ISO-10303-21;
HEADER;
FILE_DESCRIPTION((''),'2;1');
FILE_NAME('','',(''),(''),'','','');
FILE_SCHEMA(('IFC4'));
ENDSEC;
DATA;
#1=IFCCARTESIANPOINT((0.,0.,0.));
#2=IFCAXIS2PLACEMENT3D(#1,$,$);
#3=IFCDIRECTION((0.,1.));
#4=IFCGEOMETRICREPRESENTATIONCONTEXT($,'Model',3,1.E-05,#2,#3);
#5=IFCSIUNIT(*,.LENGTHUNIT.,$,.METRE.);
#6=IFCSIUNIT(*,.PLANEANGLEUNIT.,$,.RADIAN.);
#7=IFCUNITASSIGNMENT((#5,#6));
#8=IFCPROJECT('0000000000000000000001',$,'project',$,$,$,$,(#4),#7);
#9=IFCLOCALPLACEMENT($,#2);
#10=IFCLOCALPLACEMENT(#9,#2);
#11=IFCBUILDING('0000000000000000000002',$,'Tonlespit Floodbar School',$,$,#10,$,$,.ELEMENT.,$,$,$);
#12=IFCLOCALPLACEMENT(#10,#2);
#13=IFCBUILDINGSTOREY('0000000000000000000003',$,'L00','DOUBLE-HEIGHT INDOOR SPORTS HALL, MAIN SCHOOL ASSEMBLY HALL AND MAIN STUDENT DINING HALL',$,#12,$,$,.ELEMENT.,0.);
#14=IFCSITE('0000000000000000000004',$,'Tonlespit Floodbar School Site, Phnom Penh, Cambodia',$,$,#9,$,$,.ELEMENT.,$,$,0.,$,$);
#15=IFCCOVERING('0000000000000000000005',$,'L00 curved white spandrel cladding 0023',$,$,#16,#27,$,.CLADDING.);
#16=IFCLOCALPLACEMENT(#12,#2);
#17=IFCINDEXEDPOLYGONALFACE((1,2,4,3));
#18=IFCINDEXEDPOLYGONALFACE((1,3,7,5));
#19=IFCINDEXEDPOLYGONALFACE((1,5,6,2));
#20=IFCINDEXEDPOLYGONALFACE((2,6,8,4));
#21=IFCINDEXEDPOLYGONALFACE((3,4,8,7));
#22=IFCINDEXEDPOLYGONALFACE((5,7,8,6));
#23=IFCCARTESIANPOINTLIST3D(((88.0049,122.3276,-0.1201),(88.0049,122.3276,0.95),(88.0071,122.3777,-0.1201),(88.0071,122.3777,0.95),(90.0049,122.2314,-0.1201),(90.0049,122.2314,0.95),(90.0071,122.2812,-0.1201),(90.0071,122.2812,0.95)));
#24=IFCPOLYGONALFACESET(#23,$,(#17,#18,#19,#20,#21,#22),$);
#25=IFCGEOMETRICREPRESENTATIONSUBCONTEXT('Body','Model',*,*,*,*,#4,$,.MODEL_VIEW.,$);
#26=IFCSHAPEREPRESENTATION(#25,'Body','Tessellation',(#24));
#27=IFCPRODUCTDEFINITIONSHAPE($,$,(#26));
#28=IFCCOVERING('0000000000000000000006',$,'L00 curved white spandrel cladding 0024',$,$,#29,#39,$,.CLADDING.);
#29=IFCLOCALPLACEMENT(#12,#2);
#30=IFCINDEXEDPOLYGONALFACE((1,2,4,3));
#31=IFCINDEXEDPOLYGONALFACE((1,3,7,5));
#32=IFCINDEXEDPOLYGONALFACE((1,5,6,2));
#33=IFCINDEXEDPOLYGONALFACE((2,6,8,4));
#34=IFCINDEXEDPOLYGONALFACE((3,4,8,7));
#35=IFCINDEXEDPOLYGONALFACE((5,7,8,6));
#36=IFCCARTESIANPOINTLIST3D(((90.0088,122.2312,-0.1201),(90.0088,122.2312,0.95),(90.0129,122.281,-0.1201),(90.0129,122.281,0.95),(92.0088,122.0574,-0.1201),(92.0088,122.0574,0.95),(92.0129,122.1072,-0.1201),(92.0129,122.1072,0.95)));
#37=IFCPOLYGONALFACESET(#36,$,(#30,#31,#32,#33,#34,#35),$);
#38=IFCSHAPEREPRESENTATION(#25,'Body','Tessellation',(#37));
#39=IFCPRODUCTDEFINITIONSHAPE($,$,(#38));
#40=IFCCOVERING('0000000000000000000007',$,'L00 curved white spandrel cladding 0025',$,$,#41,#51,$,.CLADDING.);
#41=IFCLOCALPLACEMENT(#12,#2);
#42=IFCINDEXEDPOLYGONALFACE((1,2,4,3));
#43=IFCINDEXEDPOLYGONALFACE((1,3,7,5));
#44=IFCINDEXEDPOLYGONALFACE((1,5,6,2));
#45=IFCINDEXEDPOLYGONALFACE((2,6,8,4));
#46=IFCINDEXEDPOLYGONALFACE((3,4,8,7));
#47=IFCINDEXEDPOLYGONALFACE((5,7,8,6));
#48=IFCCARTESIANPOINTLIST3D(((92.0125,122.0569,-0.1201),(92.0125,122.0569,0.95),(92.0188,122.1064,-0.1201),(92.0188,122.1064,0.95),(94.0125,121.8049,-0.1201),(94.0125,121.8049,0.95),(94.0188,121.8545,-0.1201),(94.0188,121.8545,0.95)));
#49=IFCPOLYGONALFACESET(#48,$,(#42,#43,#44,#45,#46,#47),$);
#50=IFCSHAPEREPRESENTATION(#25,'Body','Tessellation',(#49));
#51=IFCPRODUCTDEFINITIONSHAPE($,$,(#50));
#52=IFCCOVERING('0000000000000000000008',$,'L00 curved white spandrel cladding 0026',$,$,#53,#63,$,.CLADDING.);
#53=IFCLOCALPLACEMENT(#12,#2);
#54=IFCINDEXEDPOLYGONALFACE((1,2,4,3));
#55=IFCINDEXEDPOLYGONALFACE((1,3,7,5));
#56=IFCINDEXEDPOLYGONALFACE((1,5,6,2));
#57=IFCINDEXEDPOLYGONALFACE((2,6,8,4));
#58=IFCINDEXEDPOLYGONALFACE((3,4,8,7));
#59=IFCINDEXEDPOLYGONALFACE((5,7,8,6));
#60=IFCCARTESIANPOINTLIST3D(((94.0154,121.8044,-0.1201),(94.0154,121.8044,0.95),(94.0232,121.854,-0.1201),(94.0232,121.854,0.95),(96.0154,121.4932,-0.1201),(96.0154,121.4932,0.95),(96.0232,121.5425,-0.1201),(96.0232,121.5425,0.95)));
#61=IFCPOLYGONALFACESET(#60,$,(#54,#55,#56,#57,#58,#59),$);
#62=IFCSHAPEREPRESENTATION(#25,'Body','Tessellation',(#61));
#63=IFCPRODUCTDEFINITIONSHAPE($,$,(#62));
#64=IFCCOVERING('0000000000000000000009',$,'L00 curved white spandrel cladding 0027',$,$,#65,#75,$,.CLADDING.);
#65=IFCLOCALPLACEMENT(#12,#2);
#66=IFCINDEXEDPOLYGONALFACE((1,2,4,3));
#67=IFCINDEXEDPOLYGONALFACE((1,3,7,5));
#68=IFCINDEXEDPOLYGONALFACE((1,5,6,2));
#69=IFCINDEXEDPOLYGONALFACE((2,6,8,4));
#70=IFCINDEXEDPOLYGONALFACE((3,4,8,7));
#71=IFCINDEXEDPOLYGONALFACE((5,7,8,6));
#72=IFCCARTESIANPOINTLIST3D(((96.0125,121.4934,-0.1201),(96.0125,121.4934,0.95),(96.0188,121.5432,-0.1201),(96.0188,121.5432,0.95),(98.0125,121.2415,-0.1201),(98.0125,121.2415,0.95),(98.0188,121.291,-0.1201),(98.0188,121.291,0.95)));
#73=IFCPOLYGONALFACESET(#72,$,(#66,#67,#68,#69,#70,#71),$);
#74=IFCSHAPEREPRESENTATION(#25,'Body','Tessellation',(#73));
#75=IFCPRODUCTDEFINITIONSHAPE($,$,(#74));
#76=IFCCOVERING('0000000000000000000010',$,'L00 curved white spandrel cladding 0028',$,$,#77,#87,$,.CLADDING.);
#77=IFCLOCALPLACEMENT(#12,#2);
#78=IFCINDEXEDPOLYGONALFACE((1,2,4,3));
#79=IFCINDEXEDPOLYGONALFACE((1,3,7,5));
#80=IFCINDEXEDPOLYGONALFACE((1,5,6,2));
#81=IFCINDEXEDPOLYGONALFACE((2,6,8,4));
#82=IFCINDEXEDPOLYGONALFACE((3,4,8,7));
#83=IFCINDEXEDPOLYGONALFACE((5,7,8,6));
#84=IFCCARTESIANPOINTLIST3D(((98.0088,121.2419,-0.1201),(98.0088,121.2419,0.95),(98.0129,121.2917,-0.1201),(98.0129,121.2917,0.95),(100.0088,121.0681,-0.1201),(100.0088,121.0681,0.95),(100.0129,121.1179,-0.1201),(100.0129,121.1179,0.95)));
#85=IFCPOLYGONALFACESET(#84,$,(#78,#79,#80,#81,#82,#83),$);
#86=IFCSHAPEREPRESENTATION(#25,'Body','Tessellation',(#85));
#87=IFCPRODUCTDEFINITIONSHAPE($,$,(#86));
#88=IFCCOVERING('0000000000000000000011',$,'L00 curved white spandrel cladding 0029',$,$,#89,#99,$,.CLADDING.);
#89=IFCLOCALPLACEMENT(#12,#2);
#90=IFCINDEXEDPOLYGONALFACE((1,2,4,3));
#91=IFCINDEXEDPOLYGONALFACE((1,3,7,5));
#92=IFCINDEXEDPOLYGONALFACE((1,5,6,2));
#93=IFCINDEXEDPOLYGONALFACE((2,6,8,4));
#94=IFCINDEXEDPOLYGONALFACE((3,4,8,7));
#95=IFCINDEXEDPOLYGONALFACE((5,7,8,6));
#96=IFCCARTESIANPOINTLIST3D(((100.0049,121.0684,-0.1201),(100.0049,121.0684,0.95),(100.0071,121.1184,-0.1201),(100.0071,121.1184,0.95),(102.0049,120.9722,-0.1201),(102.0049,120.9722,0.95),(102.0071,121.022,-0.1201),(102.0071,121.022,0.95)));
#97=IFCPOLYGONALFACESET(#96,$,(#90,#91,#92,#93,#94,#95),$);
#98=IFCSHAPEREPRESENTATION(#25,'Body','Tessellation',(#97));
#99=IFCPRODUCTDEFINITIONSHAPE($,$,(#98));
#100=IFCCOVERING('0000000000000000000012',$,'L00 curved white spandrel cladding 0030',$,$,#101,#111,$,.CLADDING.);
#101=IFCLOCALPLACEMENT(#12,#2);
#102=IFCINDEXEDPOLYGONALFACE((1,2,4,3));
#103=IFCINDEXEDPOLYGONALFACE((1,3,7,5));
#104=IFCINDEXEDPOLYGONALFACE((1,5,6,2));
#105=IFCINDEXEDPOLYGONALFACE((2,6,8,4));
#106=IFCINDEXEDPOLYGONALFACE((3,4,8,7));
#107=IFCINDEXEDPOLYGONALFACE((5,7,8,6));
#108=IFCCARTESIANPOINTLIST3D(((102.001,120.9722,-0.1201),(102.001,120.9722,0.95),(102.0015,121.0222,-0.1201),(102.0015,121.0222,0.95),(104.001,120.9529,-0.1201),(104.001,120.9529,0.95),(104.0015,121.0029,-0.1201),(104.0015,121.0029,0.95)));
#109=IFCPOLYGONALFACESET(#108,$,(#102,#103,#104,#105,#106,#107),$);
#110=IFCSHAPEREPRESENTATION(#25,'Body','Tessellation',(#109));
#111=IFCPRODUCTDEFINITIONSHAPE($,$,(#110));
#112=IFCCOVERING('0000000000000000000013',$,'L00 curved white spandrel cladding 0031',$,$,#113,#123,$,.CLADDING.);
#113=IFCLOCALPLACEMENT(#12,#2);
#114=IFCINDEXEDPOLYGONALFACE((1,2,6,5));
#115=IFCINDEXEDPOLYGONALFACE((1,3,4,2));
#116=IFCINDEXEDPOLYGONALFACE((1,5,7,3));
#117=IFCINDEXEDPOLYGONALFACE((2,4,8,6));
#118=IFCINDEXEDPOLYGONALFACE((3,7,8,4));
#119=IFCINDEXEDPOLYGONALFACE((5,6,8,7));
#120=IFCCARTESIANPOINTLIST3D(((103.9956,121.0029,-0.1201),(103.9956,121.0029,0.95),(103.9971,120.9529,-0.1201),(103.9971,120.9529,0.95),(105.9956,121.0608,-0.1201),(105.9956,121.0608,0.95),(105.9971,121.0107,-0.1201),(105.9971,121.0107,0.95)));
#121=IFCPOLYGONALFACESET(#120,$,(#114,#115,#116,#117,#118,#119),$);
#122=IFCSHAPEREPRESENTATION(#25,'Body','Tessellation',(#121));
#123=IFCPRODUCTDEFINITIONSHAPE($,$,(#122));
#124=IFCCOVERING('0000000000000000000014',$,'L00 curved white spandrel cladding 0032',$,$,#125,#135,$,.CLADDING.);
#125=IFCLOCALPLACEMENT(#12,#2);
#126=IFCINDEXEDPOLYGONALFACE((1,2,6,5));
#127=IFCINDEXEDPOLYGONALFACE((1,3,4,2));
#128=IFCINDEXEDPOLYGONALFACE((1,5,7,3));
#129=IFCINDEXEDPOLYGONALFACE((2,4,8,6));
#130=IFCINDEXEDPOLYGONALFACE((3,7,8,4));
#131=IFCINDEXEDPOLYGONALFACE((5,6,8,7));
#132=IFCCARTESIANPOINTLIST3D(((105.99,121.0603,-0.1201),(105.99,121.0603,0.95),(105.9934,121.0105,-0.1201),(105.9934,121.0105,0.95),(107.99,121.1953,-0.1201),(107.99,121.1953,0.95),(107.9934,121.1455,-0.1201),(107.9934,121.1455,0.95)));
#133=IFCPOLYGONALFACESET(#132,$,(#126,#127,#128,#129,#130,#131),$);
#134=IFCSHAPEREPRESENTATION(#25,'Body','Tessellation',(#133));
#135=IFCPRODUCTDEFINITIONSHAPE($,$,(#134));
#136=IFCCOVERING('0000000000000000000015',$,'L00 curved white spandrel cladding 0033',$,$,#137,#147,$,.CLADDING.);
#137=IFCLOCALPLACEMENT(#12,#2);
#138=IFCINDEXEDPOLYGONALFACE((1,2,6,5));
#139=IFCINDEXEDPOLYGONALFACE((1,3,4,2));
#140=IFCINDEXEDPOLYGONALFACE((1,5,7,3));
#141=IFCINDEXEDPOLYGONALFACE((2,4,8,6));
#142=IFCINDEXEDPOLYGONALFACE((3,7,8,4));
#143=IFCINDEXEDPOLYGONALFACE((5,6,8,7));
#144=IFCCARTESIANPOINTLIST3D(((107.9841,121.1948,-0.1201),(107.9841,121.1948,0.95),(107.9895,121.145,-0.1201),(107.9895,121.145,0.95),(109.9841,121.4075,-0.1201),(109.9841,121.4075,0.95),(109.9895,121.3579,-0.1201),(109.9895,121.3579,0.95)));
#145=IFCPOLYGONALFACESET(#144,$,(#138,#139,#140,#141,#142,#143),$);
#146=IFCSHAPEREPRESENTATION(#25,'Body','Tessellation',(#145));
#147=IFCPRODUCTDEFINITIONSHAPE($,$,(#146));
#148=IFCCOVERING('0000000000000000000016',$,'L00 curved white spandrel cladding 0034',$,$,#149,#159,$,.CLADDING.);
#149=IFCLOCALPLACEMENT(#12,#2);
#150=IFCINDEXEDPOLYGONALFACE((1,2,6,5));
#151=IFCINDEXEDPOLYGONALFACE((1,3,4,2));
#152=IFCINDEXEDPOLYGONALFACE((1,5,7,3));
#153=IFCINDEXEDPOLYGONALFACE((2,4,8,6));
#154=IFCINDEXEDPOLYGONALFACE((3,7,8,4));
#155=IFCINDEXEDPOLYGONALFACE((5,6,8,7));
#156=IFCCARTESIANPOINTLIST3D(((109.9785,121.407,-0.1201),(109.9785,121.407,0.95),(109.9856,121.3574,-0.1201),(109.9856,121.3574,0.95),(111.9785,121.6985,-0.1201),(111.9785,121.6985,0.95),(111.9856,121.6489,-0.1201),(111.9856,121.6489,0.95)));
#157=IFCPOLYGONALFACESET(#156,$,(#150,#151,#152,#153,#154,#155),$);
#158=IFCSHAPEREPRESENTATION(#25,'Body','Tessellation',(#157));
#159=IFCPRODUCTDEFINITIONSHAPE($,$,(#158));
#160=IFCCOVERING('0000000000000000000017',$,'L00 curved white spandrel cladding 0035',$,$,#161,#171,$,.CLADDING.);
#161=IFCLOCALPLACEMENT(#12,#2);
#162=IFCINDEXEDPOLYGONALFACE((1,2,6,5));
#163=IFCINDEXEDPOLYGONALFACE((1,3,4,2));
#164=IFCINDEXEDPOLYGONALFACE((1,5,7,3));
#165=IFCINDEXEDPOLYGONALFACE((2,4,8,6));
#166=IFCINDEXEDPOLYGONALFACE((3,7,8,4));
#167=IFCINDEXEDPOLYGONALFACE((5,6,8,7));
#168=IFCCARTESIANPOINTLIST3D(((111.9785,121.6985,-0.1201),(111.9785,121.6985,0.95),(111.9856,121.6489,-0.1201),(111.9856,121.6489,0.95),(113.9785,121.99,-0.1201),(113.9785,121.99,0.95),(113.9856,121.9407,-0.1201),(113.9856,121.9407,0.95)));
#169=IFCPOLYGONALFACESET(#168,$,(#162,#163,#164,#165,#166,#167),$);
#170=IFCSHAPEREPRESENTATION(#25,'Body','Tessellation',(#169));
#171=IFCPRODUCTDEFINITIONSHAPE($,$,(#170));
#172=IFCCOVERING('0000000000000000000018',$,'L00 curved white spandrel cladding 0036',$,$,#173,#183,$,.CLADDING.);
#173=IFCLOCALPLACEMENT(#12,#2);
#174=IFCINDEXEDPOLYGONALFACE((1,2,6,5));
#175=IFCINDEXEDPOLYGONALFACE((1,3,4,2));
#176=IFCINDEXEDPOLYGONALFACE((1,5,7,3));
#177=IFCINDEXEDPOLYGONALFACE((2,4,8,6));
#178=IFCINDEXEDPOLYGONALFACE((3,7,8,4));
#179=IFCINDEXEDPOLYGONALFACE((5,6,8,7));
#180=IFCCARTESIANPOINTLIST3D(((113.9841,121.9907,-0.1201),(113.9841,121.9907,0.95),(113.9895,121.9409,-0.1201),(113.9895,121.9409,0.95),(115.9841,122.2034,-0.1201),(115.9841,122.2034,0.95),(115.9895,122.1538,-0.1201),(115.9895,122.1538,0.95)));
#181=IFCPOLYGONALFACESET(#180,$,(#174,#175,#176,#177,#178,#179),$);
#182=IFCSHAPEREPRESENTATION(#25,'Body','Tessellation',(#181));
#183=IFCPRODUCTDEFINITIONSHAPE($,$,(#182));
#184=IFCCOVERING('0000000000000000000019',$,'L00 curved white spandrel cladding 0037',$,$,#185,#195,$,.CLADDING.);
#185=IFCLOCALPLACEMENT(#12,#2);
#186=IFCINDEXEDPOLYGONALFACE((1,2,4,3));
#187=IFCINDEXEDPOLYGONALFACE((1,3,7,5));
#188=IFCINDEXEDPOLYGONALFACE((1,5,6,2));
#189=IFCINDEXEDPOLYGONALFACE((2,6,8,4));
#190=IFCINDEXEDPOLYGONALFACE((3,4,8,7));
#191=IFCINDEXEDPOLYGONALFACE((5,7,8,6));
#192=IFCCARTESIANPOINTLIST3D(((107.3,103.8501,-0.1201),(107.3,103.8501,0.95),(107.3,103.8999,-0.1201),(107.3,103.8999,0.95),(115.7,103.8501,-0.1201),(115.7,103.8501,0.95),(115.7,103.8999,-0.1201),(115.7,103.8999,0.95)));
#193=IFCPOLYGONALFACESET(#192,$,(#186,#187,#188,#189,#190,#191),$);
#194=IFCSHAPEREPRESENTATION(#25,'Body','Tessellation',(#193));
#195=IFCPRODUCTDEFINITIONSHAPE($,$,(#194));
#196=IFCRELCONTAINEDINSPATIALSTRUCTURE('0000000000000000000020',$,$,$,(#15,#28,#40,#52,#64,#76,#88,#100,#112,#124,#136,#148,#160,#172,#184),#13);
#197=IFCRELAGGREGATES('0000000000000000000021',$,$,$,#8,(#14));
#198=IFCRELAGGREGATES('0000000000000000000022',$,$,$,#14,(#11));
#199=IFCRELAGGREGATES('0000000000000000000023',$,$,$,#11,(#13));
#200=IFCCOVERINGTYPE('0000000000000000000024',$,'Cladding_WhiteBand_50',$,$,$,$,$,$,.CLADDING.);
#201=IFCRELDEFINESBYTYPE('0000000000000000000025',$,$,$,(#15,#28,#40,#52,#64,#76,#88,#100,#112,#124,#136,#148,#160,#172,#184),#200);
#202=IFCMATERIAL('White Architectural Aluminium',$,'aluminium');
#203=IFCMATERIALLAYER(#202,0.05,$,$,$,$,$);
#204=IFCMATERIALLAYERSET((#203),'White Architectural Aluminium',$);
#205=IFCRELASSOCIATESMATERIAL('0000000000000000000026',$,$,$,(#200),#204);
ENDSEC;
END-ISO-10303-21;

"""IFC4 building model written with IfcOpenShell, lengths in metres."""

from ifc_helpers import new_model, si_unit, direction, frame, origin, place, context, subcontext, project, spatial, polyline, outline, extrude, material, layer, layer_set, type_object, element, save


model = new_model("IFC4")

# Units and contexts
model_context = context("Model", 3, precision=1e-05, world=origin(), true_north=direction((0.0, 1.0)))
body_context = subcontext(model_context, "Body", "Model", "MODEL_VIEW")
ifc_project = project(units=[si_unit("LENGTHUNIT", "METRE"), si_unit("PLANEANGLEUNIT", "RADIAN")], contexts=[model_context])

# Site, building, storey
site_placement = place(None, origin())
site = spatial("IfcSite", under=ifc_project, at=site_placement, Name="Tonlespit Floodbar School Site, Phnom Penh, Cambodia", CompositionType="ELEMENT", RefElevation=0.0)
building_placement = place(site_placement, origin())
building = spatial("IfcBuilding", under=site, at=building_placement, Name="Tonlespit Floodbar School", CompositionType="ELEMENT")
storey_placement = place(building_placement, origin())
storey = spatial("IfcBuildingStorey", under=building, at=storey_placement, Name="L00", Description="DOUBLE-HEIGHT INDOOR SPORTS HALL, MAIN SCHOOL ASSEMBLY HALL AND MAIN STUDENT DINING HALL", CompositionType="ELEMENT", Elevation=0.0)

# Coverings
ifc_material = material(Name="White Architectural Aluminium", Category="aluminium")
ifc_layer = layer(ifc_material, 0.05)
ifc_layer_set = layer_set([ifc_layer], Name="White Architectural Aluminium")
covering_type = type_object("IfcCoveringType", Name="Cladding_WhiteBand_50", PredefinedType="CLADDING", material=ifc_layer_set)
covering_1_placement = place(storey_placement, frame((0.0, 0.0, -0.1201)))
element("IfcCovering", 1, at=covering_1_placement, inside=storey, type_object=covering_type, Name="L00 curved white spandrel cladding 0023", PredefinedType="CLADDING", context=body_context, shape_type="SweptSolid", body=[
    extrude(outline(polyline([(88.0049, 122.3276), (90.0049, 122.2314), (90.0071, 122.2812), (88.0071, 122.3777), (88.0049, 122.3276)])), origin(), (0.0, 0.0, 1.0), 1.0701),
])
covering_2_placement = place(storey_placement, frame((0.0, 0.0, -0.1201)))
element("IfcCovering", 2, at=covering_2_placement, inside=storey, type_object=covering_type, Name="L00 curved white spandrel cladding 0024", PredefinedType="CLADDING", context=body_context, shape_type="SweptSolid", body=[
    extrude(outline(polyline([(90.0088, 122.2312), (92.0088, 122.0574), (92.0129, 122.1072), (90.0129, 122.281), (90.0088, 122.2312)])), origin(), (0.0, 0.0, 1.0), 1.0701),
])
covering_3_placement = place(storey_placement, frame((0.0, 0.0, -0.1201)))
element("IfcCovering", 3, at=covering_3_placement, inside=storey, type_object=covering_type, Name="L00 curved white spandrel cladding 0025", PredefinedType="CLADDING", context=body_context, shape_type="SweptSolid", body=[
    extrude(outline(polyline([(92.0125, 122.0569), (94.0125, 121.8049), (94.0188, 121.8545), (92.0188, 122.1064), (92.0125, 122.0569)])), origin(), (0.0, 0.0, 1.0), 1.0701),
])
covering_4_placement = place(storey_placement, frame((0.0, 0.0, -0.1201)))
element("IfcCovering", 4, at=covering_4_placement, inside=storey, type_object=covering_type, Name="L00 curved white spandrel cladding 0026", PredefinedType="CLADDING", context=body_context, shape_type="SweptSolid", body=[
    extrude(outline(polyline([(94.0154, 121.8044), (96.0154, 121.4932), (96.0232, 121.5425), (94.0232, 121.854), (94.0154, 121.8044)])), origin(), (0.0, 0.0, 1.0), 1.0701),
])
covering_5_placement = place(storey_placement, frame((0.0, 0.0, -0.1201)))
element("IfcCovering", 5, at=covering_5_placement, inside=storey, type_object=covering_type, Name="L00 curved white spandrel cladding 0027", PredefinedType="CLADDING", context=body_context, shape_type="SweptSolid", body=[
    extrude(outline(polyline([(96.0125, 121.4934), (98.0125, 121.2415), (98.0188, 121.291), (96.0188, 121.5432), (96.0125, 121.4934)])), origin(), (0.0, 0.0, 1.0), 1.0701),
])
covering_6_placement = place(storey_placement, frame((0.0, 0.0, -0.1201)))
element("IfcCovering", 6, at=covering_6_placement, inside=storey, type_object=covering_type, Name="L00 curved white spandrel cladding 0028", PredefinedType="CLADDING", context=body_context, shape_type="SweptSolid", body=[
    extrude(outline(polyline([(98.0088, 121.2419), (100.0088, 121.0681), (100.0129, 121.1179), (98.0129, 121.2917), (98.0088, 121.2419)])), origin(), (0.0, 0.0, 1.0), 1.0701),
])
covering_7_placement = place(storey_placement, frame((0.0, 0.0, -0.1201)))
element("IfcCovering", 7, at=covering_7_placement, inside=storey, type_object=covering_type, Name="L00 curved white spandrel cladding 0029", PredefinedType="CLADDING", context=body_context, shape_type="SweptSolid", body=[
    extrude(outline(polyline([(100.0049, 121.0684), (102.0049, 120.9722), (102.0071, 121.022), (100.0071, 121.1184), (100.0049, 121.0684)])), origin(), (0.0, 0.0, 1.0), 1.0701),
])
covering_8_placement = place(storey_placement, frame((0.0, 0.0, -0.1201)))
element("IfcCovering", 8, at=covering_8_placement, inside=storey, type_object=covering_type, Name="L00 curved white spandrel cladding 0030", PredefinedType="CLADDING", context=body_context, shape_type="SweptSolid", body=[
    extrude(outline(polyline([(102.001, 120.9722), (104.001, 120.9529), (104.0015, 121.0029), (102.0015, 121.0222), (102.001, 120.9722)])), origin(), (0.0, 0.0, 1.0), 1.0701),
])
covering_9_placement = place(storey_placement, frame((0.0, 0.0, -0.1201)))
element("IfcCovering", 9, at=covering_9_placement, inside=storey, type_object=covering_type, Name="L00 curved white spandrel cladding 0031", PredefinedType="CLADDING", context=body_context, shape_type="SweptSolid", body=[
    extrude(outline(polyline([(103.9971, 120.9529), (105.9971, 121.0107), (105.9956, 121.0608), (103.9956, 121.0029), (103.9971, 120.9529)])), origin(), (0.0, 0.0, 1.0), 1.0701),
])
covering_10_placement = place(storey_placement, frame((0.0, 0.0, -0.1201)))
element("IfcCovering", 10, at=covering_10_placement, inside=storey, type_object=covering_type, Name="L00 curved white spandrel cladding 0032", PredefinedType="CLADDING", context=body_context, shape_type="SweptSolid", body=[
    extrude(outline(polyline([(105.9934, 121.0105), (107.9934, 121.1455), (107.99, 121.1953), (105.99, 121.0603), (105.9934, 121.0105)])), origin(), (0.0, 0.0, 1.0), 1.0701),
])
covering_11_placement = place(storey_placement, frame((0.0, 0.0, -0.1201)))
element("IfcCovering", 11, at=covering_11_placement, inside=storey, type_object=covering_type, Name="L00 curved white spandrel cladding 0033", PredefinedType="CLADDING", context=body_context, shape_type="SweptSolid", body=[
    extrude(outline(polyline([(107.9895, 121.145), (109.9895, 121.3579), (109.9841, 121.4075), (107.9841, 121.1948), (107.9895, 121.145)])), origin(), (0.0, 0.0, 1.0), 1.0701),
])
covering_12_placement = place(storey_placement, frame((0.0, 0.0, -0.1201)))
element("IfcCovering", 12, at=covering_12_placement, inside=storey, type_object=covering_type, Name="L00 curved white spandrel cladding 0034", PredefinedType="CLADDING", context=body_context, shape_type="SweptSolid", body=[
    extrude(outline(polyline([(109.9856, 121.3574), (111.9856, 121.6489), (111.9785, 121.6985), (109.9785, 121.407), (109.9856, 121.3574)])), origin(), (0.0, 0.0, 1.0), 1.0701),
])
covering_13_placement = place(storey_placement, frame((0.0, 0.0, -0.1201)))
element("IfcCovering", 13, at=covering_13_placement, inside=storey, type_object=covering_type, Name="L00 curved white spandrel cladding 0035", PredefinedType="CLADDING", context=body_context, shape_type="SweptSolid", body=[
    extrude(outline(polyline([(111.9856, 121.6489), (113.9856, 121.9407), (113.9785, 121.99), (111.9785, 121.6985), (111.9856, 121.6489)])), origin(), (0.0, 0.0, 1.0), 1.0701),
])
covering_14_placement = place(storey_placement, frame((0.0, 0.0, -0.1201)))
element("IfcCovering", 14, at=covering_14_placement, inside=storey, type_object=covering_type, Name="L00 curved white spandrel cladding 0036", PredefinedType="CLADDING", context=body_context, shape_type="SweptSolid", body=[
    extrude(outline(polyline([(113.9895, 121.9409), (115.9895, 122.1538), (115.9841, 122.2034), (113.9841, 121.9907), (113.9895, 121.9409)])), origin(), (0.0, 0.0, 1.0), 1.0701),
])
covering_15_placement = place(storey_placement, frame((0.0, 0.0, -0.1201)))
element("IfcCovering", 15, at=covering_15_placement, inside=storey, type_object=covering_type, Name="L00 curved white spandrel cladding 0037", PredefinedType="CLADDING", context=body_context, shape_type="SweptSolid", body=[
    extrude(outline(polyline([(115.7, 103.8999), (107.3, 103.8999), (107.3, 103.8501), (115.7, 103.8501), (115.7, 103.8999)])), origin(), (0.0, 0.0, 1.0), 1.0701),
])

save(model, "model.ifc")
